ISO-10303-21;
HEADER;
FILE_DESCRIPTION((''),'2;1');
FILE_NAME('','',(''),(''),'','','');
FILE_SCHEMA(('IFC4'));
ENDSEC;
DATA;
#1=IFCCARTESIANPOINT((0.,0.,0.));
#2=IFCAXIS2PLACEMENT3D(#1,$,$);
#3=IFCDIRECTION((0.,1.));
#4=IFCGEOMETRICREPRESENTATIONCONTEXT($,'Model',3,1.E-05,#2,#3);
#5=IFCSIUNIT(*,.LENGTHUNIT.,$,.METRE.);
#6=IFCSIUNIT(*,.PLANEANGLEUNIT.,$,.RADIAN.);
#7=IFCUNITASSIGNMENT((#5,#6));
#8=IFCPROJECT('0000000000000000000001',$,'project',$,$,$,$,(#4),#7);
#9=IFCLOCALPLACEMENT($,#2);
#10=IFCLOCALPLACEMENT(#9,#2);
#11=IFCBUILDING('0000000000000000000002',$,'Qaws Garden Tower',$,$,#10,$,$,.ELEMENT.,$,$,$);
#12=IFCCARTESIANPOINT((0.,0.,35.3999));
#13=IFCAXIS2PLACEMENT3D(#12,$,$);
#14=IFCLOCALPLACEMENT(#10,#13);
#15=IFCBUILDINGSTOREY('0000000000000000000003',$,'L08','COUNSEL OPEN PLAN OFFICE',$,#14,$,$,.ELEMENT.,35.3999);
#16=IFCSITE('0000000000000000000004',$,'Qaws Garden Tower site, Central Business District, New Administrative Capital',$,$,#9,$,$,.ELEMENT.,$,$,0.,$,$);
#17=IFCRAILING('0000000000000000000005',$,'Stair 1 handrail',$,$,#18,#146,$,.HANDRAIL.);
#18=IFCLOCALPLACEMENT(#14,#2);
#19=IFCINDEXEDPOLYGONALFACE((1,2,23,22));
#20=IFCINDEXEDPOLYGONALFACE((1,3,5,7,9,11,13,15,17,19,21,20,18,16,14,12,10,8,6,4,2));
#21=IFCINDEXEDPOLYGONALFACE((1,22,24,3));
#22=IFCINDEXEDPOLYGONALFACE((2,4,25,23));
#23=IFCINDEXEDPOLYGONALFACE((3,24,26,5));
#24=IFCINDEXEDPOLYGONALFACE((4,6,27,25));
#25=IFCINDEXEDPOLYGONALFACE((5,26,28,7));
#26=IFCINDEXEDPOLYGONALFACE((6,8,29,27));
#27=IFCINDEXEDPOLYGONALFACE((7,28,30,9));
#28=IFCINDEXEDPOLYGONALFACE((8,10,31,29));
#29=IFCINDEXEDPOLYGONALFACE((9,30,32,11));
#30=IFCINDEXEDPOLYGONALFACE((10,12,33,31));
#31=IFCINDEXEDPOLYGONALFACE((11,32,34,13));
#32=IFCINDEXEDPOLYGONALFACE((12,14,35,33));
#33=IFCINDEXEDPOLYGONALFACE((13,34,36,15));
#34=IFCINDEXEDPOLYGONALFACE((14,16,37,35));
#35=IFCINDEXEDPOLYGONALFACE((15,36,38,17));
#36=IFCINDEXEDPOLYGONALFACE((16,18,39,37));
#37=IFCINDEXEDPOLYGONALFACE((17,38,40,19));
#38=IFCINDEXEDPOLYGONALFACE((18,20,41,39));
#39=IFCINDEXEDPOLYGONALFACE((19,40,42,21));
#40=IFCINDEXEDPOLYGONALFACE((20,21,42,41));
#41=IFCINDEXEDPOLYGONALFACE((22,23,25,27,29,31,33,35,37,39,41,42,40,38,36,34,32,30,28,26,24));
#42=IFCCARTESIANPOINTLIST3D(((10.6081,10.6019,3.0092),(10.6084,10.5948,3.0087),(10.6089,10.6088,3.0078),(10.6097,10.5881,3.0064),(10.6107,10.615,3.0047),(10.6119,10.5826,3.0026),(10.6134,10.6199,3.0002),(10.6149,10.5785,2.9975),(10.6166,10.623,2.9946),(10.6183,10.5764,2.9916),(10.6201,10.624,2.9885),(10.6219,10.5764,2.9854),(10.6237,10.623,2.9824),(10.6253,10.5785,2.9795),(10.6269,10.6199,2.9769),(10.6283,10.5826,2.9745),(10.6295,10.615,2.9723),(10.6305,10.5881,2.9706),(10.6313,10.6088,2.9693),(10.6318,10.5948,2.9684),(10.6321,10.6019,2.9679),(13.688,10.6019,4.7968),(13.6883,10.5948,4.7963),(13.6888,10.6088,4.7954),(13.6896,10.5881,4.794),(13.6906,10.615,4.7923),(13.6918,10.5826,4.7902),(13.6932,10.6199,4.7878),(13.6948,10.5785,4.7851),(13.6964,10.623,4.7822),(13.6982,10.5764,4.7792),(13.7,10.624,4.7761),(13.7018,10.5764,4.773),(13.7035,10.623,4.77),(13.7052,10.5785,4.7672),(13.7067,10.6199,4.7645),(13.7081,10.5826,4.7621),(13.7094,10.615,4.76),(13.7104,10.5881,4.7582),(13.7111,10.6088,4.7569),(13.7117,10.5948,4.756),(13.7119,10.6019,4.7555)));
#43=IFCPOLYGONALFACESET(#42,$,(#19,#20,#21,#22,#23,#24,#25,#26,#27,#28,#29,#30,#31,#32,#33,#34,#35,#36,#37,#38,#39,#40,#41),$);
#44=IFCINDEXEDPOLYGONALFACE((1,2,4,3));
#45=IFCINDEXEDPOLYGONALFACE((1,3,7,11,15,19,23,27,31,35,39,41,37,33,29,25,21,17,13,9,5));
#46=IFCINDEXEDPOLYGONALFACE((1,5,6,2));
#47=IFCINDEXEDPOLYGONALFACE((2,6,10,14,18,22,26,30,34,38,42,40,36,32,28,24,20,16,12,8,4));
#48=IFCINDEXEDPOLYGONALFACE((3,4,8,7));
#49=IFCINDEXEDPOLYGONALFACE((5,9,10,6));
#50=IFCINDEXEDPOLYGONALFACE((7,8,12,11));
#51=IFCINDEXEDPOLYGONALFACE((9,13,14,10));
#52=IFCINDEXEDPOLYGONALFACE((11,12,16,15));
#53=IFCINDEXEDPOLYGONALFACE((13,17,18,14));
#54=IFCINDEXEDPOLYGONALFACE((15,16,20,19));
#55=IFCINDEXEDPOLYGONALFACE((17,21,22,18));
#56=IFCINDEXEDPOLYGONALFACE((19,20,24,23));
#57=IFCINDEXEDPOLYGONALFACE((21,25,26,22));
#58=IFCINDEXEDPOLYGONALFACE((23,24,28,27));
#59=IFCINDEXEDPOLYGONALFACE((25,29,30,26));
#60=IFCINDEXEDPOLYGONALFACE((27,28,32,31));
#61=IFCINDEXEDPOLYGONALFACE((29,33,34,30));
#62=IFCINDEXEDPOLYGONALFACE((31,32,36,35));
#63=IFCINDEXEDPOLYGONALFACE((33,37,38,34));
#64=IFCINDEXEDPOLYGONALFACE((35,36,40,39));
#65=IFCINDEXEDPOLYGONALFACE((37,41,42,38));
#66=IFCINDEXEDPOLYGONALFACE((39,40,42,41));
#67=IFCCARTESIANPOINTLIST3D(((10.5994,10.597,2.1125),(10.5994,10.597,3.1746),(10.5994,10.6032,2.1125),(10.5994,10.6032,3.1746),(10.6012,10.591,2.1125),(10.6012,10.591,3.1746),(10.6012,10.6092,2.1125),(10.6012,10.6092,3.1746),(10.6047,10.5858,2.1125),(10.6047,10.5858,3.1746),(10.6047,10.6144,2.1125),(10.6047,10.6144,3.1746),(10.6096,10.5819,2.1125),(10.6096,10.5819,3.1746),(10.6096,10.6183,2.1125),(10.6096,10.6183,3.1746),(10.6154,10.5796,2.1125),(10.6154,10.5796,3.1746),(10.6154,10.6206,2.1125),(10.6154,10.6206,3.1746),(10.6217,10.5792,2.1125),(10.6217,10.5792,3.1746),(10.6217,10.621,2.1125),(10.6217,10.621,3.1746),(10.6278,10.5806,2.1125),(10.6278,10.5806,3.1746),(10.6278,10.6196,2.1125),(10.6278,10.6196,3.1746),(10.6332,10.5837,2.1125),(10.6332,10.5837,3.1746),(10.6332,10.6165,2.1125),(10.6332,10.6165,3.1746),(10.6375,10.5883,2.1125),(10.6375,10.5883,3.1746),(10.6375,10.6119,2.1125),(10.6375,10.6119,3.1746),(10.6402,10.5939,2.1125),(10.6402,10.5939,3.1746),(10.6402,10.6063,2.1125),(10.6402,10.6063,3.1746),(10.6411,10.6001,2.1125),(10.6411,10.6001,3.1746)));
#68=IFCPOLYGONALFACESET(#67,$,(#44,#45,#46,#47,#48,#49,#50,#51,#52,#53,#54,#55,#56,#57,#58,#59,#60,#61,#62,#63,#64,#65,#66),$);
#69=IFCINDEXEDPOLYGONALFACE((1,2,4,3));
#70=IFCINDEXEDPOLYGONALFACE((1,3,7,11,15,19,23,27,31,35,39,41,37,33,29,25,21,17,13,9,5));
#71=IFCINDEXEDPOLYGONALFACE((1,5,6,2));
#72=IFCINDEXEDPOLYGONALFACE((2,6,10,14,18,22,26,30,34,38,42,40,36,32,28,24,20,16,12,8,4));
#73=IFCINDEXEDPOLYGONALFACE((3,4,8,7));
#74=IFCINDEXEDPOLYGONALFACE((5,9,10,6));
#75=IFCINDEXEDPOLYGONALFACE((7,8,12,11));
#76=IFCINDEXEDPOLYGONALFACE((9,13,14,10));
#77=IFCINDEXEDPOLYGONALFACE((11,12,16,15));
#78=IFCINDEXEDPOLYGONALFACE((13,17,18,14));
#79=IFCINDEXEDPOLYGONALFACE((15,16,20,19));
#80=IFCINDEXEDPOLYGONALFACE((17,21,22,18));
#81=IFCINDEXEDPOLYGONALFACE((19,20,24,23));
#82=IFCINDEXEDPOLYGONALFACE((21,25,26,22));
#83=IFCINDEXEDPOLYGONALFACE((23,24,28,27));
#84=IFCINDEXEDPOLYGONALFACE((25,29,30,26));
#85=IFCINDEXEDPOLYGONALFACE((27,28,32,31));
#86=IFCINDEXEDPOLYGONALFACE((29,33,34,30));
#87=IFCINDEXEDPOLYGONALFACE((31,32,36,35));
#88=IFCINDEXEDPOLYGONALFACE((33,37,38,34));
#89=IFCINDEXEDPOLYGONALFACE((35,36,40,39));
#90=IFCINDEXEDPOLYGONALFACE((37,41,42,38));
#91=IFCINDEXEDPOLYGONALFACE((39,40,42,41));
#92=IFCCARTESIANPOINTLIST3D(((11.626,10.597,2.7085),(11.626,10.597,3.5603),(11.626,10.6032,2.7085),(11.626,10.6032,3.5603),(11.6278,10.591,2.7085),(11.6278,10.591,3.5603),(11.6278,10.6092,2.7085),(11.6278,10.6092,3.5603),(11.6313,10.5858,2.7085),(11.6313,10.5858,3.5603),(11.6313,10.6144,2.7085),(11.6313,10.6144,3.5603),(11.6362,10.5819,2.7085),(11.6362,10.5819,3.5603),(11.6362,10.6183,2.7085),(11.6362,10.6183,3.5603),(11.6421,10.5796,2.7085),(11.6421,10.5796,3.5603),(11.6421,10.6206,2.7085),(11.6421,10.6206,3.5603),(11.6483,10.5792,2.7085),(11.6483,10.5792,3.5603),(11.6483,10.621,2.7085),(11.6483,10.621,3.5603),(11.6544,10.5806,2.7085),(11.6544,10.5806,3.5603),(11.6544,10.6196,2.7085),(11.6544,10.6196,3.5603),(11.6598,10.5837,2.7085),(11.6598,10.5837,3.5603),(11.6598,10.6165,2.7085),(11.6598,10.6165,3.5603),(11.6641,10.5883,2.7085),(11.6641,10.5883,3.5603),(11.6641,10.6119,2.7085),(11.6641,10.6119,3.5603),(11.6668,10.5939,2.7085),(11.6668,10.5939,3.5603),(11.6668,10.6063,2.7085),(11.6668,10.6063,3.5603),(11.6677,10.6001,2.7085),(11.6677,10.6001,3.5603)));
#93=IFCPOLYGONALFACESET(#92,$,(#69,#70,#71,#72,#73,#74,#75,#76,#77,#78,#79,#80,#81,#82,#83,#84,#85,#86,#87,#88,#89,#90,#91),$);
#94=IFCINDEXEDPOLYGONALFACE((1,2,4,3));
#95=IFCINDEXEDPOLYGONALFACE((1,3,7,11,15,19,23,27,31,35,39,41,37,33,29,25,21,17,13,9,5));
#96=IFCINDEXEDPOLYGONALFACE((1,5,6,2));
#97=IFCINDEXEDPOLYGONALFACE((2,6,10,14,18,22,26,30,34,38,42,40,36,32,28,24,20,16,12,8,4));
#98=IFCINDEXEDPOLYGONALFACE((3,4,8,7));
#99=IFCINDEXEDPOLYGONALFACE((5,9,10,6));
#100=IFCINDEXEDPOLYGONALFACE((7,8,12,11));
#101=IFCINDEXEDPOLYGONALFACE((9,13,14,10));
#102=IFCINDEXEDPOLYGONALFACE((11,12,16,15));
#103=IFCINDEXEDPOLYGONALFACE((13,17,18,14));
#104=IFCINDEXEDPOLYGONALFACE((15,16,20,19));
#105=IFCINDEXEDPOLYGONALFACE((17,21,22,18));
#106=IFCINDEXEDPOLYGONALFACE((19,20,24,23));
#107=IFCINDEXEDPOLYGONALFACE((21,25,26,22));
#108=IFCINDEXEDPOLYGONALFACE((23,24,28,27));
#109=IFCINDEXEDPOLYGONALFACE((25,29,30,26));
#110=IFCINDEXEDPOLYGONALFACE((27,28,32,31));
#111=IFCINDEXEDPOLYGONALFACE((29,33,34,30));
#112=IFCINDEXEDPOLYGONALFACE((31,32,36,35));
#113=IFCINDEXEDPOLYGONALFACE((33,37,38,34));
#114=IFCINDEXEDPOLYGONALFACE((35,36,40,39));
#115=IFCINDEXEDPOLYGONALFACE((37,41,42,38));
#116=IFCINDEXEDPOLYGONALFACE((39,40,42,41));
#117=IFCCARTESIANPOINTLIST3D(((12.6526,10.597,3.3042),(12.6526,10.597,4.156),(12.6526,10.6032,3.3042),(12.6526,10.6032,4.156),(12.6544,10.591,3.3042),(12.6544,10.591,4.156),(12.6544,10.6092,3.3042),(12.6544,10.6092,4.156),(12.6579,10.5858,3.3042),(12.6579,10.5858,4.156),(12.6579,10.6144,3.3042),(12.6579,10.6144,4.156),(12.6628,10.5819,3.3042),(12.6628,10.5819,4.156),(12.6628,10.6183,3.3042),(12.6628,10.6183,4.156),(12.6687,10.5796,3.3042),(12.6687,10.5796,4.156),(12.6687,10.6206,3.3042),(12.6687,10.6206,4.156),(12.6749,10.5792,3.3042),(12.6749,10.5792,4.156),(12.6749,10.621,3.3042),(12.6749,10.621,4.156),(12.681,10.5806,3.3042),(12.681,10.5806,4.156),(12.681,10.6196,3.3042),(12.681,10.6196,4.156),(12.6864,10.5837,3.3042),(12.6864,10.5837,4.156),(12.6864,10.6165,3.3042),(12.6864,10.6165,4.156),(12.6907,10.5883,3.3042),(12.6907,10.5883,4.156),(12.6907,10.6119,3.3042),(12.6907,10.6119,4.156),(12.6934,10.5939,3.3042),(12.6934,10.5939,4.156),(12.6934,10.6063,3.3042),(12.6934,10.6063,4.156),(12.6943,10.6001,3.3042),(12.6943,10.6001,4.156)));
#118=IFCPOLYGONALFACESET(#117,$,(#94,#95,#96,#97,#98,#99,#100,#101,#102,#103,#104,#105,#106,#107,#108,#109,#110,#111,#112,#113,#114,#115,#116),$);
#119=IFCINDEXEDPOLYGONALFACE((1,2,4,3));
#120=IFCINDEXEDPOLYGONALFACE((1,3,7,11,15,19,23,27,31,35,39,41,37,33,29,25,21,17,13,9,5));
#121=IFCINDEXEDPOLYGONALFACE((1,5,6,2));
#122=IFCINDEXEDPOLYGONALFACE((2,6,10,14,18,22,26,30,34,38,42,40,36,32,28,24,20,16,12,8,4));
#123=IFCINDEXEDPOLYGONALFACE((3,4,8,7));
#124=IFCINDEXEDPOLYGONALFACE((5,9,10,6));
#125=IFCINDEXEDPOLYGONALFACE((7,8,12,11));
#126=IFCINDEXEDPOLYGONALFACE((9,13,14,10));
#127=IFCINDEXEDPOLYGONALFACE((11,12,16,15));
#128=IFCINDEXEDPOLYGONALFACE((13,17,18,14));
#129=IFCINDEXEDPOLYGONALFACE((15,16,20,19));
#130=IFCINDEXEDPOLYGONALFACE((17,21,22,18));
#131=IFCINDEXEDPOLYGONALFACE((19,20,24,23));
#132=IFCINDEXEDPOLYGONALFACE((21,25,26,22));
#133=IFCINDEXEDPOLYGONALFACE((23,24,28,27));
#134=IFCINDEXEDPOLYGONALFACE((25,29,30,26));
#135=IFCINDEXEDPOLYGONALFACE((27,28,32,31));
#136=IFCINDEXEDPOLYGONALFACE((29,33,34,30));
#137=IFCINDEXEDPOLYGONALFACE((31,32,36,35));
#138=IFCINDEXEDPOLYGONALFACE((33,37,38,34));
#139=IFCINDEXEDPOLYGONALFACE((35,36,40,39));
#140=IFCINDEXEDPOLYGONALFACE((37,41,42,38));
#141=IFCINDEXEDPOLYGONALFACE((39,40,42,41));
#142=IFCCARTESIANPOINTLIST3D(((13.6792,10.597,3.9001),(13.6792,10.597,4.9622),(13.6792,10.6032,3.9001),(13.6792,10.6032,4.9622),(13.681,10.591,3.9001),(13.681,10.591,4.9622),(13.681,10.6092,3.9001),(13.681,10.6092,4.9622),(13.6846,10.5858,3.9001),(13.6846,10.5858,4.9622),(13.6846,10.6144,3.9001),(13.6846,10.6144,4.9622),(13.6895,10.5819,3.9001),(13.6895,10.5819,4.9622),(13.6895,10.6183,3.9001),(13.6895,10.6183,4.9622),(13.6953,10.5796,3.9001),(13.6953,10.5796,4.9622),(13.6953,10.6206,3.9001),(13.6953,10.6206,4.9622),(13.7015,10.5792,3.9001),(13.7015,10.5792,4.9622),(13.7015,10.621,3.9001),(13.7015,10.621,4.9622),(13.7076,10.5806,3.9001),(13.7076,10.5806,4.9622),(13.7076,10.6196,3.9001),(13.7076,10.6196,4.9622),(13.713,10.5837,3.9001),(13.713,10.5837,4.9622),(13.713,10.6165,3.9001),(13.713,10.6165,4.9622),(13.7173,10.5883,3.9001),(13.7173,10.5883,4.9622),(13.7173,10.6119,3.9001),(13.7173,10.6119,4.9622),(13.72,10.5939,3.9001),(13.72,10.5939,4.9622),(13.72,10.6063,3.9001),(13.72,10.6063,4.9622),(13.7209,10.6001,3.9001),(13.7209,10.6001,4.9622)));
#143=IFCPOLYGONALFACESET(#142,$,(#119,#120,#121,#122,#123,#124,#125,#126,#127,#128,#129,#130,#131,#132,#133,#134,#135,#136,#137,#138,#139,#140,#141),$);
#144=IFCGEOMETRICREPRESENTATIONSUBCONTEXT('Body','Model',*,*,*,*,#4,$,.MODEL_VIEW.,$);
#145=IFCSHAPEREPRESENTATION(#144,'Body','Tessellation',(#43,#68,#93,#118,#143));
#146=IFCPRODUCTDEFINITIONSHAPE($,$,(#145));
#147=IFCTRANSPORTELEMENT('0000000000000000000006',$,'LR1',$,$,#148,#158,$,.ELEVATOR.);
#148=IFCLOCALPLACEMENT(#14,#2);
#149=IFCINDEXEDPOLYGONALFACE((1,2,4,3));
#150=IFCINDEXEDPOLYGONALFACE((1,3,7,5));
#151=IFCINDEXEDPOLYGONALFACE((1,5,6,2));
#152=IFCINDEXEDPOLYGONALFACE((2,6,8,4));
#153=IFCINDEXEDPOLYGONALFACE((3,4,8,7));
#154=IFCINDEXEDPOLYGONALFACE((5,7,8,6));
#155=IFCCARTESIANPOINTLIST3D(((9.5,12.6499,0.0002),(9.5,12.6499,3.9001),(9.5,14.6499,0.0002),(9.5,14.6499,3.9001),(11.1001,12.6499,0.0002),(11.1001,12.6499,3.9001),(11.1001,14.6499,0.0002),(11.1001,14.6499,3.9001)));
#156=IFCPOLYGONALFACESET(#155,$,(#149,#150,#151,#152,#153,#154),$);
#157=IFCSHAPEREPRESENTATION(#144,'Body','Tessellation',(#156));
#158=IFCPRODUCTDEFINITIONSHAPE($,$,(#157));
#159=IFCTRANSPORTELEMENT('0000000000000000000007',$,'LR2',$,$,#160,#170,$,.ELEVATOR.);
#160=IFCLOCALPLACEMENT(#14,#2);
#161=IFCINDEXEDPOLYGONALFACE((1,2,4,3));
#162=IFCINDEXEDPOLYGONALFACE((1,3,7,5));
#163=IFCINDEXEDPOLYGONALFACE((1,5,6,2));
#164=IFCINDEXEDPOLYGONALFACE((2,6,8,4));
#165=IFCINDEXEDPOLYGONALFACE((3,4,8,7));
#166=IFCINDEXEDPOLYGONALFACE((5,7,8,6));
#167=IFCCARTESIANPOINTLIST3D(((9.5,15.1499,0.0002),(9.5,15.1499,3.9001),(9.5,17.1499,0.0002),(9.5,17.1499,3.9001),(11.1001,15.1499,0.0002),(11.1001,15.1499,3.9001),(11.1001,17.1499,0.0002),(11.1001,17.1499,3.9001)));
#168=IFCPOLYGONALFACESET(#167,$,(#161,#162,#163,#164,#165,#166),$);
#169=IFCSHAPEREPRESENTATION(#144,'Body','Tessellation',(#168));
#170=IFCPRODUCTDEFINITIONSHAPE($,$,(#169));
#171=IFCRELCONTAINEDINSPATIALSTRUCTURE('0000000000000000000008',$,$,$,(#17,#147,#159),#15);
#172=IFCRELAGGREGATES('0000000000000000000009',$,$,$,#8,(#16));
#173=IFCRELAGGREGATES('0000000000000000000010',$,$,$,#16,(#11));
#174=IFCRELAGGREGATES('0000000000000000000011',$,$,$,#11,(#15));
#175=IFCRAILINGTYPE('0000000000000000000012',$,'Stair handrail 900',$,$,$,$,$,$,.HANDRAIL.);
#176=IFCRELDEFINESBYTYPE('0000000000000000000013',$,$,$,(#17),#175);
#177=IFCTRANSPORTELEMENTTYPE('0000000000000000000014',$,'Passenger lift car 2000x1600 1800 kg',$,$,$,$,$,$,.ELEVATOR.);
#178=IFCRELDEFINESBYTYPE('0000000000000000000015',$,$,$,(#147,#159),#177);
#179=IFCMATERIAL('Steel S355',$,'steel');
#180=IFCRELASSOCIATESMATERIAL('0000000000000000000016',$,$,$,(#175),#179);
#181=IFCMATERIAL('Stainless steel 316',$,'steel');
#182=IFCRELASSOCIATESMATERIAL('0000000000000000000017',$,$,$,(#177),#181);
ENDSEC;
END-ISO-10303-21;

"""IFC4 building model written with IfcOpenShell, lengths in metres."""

from ifc_helpers import new_model, si_unit, direction, frame, origin, origin_2d, place, context, subcontext, project, spatial, rectangle, circle, extrude, material, type_object, element, save


model = new_model("IFC4")

# Units and contexts
model_context = context("Model", 3, precision=1e-05, world=origin(), true_north=direction((0.0, 1.0)))
body_context = subcontext(model_context, "Body", "Model", "MODEL_VIEW")
ifc_project = project(units=[si_unit("LENGTHUNIT", "METRE"), si_unit("PLANEANGLEUNIT", "RADIAN")], contexts=[model_context])

# Site, building, storey
site_placement = place(None, origin())
site = spatial("IfcSite", under=ifc_project, at=site_placement, Name="Qaws Garden Tower site, Central Business District, New Administrative Capital", CompositionType="ELEMENT", RefElevation=0.0)
building_placement = place(site_placement, origin())
building = spatial("IfcBuilding", under=site, at=building_placement, Name="Qaws Garden Tower", CompositionType="ELEMENT")
storey_placement = place(building_placement, frame((0.0, 0.0, 35.3999)))
storey = spatial("IfcBuildingStorey", under=building, at=storey_placement, Name="L08", Description="COUNSEL OPEN PLAN OFFICE", CompositionType="ELEMENT", Elevation=35.3999)

# Railing
ifc_material_1 = material(Name="Steel S355", Category="steel")
railing_type = type_object("IfcRailingType", Name="Stair handrail 900", PredefinedType="HANDRAIL", material=ifc_material_1)
railing_1_placement = place(storey_placement, frame((10.6201, 10.6001, 2.1125)))
element("IfcRailing", 1, at=railing_1_placement, inside=storey, type_object=railing_type, Name="Stair 1 handrail", PredefinedType="HANDRAIL", context=body_context, shape_type="SweptSolid", body=[
    extrude(circle(Radius=0.0239, at=origin_2d()), frame((0.0, 0.0, 0.876), z_axis=(0.864873, 0.0, 0.50199), x_axis=(0.0, 1.0, 0.0)), (0.0, 0.0, 1.0), 3.561),
    extrude(circle(Radius=0.021, at=origin_2d()), origin(), (0.0, 0.0, 1.0), 1.062),
    extrude(circle(Radius=0.021, at=origin_2d()), frame((1.0266, 0.0, 0.5959)), (0.0, 0.0, 1.0), 0.8518),
    extrude(circle(Radius=0.021, at=origin_2d()), frame((2.0532, 0.0, 1.1917)), (0.0, 0.0, 1.0), 0.8518),
    extrude(circle(Radius=0.021, at=origin_2d()), frame((3.0798, 0.0, 1.7876)), (0.0, 0.0, 1.0), 1.062),
])

# Transport elements
ifc_material_2 = material(Name="Stainless steel 316", Category="steel")
transport_element_type = type_object("IfcTransportElementType", Name="Passenger lift car 2000x1600 1800 kg", PredefinedType="ELEVATOR", material=ifc_material_2)
for number, where, z_axis, x_axis, name in (
    (2, (10.3, 13.6499, 0.0002), (0.0, 0.0, 1.0), (1.0, 0.0, 0.0), "LR1"),
    (3, (10.3, 16.1499, 0.0002), (0.0, 0.0, 1.0), (1.0, 0.0, 0.0), "LR2"),
):
    element("IfcTransportElement", number, at=place(storey_placement, frame(where, z_axis=z_axis, x_axis=x_axis)), inside=storey, type_object=transport_element_type, Name=name, PredefinedType="ELEVATOR", context=body_context, shape_type="SweptSolid", body=[
        extrude(rectangle(XDim=1.6001, YDim=2.0, at=origin_2d()), origin(), (0.0, 0.0, 1.0), 3.8999),
    ])

save(model, "model.ifc")
